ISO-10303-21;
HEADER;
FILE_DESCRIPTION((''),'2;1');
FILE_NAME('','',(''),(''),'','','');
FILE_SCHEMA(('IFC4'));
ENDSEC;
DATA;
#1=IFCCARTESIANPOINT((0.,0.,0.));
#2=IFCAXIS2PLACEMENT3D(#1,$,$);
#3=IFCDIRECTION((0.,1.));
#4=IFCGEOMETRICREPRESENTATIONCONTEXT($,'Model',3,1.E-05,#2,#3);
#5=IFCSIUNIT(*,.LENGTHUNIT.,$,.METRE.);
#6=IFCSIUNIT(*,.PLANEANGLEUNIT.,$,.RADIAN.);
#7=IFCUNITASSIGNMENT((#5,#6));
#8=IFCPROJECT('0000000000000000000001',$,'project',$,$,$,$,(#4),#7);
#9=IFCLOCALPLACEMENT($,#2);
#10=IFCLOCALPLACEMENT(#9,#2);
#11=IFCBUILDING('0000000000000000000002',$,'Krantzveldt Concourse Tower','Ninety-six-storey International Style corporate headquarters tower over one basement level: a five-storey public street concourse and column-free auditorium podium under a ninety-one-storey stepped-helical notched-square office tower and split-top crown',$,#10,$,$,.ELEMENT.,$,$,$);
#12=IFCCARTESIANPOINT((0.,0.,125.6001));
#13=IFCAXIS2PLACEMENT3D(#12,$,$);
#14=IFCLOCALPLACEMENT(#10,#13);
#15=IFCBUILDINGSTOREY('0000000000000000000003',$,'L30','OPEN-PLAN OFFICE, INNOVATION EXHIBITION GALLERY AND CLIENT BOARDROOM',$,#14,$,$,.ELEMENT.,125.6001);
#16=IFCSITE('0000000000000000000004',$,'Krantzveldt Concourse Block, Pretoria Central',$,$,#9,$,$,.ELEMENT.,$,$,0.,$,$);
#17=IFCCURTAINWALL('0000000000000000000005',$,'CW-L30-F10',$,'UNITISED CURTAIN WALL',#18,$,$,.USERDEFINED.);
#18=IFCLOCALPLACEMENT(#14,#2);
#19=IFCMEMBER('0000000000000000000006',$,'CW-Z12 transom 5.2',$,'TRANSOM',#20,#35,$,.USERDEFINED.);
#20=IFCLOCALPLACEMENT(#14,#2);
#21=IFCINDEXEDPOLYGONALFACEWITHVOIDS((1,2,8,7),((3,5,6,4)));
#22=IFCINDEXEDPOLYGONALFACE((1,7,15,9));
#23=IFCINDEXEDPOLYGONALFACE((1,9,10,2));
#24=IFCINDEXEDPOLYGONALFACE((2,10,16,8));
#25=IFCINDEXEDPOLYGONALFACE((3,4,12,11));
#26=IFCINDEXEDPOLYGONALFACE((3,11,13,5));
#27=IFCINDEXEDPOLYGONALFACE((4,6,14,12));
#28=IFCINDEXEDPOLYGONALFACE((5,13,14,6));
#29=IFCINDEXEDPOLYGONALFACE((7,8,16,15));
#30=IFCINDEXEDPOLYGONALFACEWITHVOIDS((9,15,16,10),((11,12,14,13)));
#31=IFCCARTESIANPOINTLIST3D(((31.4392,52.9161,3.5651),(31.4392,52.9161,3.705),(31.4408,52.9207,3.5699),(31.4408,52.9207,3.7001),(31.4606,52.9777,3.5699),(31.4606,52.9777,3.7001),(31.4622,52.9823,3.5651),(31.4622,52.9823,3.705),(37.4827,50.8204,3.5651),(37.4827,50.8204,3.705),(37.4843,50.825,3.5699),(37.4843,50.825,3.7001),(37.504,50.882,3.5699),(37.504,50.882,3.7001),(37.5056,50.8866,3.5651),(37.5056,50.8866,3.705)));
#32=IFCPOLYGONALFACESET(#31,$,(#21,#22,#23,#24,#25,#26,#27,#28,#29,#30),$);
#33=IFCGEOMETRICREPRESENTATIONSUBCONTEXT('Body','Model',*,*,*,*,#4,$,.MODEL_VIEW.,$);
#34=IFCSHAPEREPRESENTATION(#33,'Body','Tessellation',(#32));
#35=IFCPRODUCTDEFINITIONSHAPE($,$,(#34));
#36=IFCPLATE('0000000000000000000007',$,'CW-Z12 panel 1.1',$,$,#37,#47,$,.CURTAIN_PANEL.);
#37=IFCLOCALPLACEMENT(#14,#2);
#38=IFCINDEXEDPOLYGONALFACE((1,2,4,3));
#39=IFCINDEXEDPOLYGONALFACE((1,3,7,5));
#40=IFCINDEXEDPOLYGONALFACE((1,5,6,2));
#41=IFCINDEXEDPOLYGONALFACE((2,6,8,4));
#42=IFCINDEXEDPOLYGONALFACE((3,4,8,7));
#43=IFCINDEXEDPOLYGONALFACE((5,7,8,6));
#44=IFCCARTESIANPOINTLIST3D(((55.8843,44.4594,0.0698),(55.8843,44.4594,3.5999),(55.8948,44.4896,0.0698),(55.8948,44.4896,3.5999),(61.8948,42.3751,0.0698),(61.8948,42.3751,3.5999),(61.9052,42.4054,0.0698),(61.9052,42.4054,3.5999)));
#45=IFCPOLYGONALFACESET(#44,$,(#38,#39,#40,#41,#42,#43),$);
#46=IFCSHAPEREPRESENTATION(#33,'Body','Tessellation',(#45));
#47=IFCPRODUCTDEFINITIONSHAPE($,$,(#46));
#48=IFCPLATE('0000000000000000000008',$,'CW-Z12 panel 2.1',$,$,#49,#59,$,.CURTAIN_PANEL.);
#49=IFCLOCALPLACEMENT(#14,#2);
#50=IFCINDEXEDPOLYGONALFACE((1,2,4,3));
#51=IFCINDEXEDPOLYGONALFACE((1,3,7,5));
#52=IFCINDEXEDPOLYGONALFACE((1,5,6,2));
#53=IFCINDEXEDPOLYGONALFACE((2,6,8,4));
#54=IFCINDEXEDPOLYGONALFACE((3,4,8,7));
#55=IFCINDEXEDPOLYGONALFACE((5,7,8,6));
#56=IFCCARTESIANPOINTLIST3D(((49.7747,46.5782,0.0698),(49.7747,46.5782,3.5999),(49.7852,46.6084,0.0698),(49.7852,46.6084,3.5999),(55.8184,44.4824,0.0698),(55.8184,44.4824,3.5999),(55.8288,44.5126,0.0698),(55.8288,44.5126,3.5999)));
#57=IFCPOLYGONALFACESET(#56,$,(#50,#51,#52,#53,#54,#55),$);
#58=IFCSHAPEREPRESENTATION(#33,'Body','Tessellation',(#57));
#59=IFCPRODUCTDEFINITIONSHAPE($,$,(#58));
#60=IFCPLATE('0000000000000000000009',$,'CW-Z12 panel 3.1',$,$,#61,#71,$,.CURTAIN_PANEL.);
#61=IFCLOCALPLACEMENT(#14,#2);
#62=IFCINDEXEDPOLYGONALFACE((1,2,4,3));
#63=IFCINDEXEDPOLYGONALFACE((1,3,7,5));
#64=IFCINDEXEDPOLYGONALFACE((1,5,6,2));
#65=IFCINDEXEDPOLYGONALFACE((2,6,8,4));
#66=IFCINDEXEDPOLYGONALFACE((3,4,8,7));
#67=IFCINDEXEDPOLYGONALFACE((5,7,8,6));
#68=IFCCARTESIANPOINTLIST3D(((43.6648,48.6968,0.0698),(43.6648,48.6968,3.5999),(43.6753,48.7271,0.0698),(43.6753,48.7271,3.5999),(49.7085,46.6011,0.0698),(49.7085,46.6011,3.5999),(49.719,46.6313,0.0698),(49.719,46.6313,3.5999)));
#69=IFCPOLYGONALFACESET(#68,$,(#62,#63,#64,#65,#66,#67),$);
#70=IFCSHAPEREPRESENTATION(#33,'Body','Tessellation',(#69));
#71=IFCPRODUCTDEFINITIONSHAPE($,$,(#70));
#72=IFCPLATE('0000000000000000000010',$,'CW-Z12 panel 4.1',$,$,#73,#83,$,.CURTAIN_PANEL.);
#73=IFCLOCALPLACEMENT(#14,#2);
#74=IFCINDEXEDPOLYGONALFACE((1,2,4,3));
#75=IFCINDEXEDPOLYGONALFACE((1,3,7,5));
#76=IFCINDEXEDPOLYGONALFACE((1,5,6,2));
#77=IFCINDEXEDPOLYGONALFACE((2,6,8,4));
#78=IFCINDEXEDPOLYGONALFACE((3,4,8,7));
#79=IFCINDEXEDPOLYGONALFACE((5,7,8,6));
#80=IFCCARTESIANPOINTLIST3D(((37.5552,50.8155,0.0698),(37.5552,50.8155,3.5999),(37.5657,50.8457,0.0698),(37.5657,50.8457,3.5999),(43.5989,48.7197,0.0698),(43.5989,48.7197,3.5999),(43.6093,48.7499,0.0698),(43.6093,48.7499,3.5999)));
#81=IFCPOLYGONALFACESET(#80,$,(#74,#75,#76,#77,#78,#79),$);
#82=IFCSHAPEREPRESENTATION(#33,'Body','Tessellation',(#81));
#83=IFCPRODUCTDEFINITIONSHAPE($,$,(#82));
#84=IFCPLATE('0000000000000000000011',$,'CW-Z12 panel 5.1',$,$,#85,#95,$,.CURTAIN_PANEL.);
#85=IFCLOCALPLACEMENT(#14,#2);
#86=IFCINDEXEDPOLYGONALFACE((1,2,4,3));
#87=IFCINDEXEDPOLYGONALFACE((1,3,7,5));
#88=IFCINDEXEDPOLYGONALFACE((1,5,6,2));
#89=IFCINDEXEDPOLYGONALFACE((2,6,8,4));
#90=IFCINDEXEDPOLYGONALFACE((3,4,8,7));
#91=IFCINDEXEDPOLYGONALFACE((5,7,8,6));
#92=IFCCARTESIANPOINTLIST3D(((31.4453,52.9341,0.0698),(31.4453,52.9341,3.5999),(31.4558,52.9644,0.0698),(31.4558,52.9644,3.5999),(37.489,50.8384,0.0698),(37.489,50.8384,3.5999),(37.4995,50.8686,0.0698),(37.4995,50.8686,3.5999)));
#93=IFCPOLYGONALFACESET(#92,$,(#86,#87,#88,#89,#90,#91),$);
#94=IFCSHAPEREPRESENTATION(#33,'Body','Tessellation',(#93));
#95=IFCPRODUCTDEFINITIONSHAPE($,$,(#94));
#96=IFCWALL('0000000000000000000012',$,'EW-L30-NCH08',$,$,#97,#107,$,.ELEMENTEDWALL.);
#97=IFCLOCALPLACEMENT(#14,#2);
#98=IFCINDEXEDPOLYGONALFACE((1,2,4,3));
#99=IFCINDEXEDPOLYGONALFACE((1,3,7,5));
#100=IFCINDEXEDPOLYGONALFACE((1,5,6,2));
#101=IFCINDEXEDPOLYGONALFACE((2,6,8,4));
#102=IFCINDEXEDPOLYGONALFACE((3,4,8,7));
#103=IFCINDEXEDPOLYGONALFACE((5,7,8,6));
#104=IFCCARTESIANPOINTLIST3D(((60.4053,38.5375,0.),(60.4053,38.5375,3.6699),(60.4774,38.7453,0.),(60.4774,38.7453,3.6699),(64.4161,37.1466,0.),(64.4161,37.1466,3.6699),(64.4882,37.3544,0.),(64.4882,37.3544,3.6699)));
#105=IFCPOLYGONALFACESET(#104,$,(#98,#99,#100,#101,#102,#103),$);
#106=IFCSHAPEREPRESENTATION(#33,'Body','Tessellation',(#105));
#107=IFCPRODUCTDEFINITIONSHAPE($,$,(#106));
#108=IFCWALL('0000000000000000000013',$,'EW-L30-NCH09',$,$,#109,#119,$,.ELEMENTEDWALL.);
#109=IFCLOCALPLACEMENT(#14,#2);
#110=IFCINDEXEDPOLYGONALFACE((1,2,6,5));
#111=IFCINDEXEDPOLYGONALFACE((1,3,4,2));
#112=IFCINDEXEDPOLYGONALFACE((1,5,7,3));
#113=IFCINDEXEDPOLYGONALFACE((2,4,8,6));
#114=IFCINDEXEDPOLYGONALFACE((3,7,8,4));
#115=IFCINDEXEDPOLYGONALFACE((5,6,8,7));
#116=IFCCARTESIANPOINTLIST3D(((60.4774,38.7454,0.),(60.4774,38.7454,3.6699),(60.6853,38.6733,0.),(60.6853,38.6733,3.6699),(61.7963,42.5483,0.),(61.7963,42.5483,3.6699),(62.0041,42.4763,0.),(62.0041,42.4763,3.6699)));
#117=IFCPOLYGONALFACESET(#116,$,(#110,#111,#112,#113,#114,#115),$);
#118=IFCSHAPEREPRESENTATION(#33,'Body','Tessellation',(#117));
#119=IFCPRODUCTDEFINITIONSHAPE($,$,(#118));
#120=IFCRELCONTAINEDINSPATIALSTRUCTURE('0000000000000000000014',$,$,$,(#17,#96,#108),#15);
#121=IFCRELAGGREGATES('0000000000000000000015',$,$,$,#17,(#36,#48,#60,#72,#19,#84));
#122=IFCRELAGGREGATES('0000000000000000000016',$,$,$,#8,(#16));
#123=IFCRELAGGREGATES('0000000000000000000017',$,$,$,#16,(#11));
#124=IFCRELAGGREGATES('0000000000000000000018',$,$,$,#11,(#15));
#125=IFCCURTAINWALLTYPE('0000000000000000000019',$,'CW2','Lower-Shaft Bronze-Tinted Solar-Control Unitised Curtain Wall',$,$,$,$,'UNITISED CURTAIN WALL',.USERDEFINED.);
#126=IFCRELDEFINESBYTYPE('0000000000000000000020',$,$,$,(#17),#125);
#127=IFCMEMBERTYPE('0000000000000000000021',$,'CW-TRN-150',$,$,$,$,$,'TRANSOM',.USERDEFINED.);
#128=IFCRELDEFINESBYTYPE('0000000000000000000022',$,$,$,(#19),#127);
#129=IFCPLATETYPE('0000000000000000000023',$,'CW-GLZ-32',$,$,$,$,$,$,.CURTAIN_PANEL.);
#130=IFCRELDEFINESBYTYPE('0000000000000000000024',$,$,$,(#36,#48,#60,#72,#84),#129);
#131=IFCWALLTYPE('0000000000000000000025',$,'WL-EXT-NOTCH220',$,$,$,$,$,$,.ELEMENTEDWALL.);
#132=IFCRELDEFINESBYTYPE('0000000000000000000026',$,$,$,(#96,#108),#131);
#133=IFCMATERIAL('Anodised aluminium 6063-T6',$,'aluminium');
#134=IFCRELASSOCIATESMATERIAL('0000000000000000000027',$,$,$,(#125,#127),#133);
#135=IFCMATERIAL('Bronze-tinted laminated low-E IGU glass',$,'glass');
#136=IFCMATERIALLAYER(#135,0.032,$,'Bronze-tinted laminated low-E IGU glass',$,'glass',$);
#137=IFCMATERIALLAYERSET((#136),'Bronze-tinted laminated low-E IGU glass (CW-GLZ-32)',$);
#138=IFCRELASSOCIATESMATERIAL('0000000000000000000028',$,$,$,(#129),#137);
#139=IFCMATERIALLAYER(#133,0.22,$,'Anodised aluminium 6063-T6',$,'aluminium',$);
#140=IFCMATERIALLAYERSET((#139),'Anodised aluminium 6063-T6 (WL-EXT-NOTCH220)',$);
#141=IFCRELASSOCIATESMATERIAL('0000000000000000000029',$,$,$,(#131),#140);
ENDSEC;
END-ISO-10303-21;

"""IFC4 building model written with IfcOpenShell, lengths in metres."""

from ifc_helpers import new_model, si_unit, direction, frame, frame_2d, origin, origin_2d, place, context, subcontext, project, spatial, rectangle, hollow_rectangle, extrude, source, transform, mapped, material, layer, layer_set, material_profile, profile_set, type_object, type_shapes, element, aggregate, save


model = new_model("IFC4")

# Units and contexts
model_context = context("Model", 3, precision=1e-05, world=origin(), true_north=direction((0.0, 1.0)))
body_context = subcontext(model_context, "Body", "Model", "MODEL_VIEW")
ifc_project = project(units=[si_unit("LENGTHUNIT", "METRE"), si_unit("PLANEANGLEUNIT", "RADIAN")], contexts=[model_context])

# Site, building, storey
site_placement = place(None, origin())
site = spatial("IfcSite", under=ifc_project, at=site_placement, Name="Krantzveldt Concourse Block, Pretoria Central", CompositionType="ELEMENT", RefElevation=0.0)
building_placement = place(site_placement, origin())
building = spatial("IfcBuilding", under=site, at=building_placement, Name="Krantzveldt Concourse Tower", Description="Ninety-six-storey International Style corporate headquarters tower over one basement level: a five-storey public street concourse and column-free auditorium podium under a ninety-one-storey stepped-helical notched-square office tower and split-top crown", CompositionType="ELEMENT")
storey_placement = place(building_placement, frame((0.0, 0.0, 125.6001)))
storey = spatial("IfcBuildingStorey", under=building, at=storey_placement, Name="L30", Description="OPEN-PLAN OFFICE, INNOVATION EXHIBITION GALLERY AND CLIENT BOARDROOM", CompositionType="ELEMENT", Elevation=125.6001)

# Shared definitions
ifc_material_1 = material(Name="Anodised aluminium 6063-T6", Category="aluminium")
curtain_wall_type = type_object("IfcCurtainWallType", Name="CW2", Description="Lower-Shaft Bronze-Tinted Solar-Control Unitised Curtain Wall", ElementType="UNITISED CURTAIN WALL", PredefinedType="USERDEFINED", material=ifc_material_1)

# Curtain wall, member, plates
curtain_wall_1_placement = place(storey_placement, origin())
curtain_wall_1 = element("IfcCurtainWall", 1, at=curtain_wall_1_placement, inside=storey, type_object=curtain_wall_type, Name="CW-L30-F10", ObjectType="UNITISED CURTAIN WALL", PredefinedType="USERDEFINED")
ifc_material_profile_1 = material_profile(ifc_material_1, hollow_rectangle(XDim=0.0701, YDim=0.1399, WallThickness=0.0049, at=origin_2d()), Name="Anodised aluminium 6063-T6", Category="aluminium")
ifc_profile_set_1 = profile_set([ifc_material_profile_1], Name="Anodised aluminium 6063-T6 - ALU-TRAN 140x70x5")
member_type_1 = type_object("IfcMemberType", Name="CW-TRN-150", ElementType="TRANSOM", PredefinedType="USERDEFINED", material=ifc_profile_set_1)
shared_shape_1 = source(origin(), body_context, "Body", "SweptSolid", [
    extrude(hollow_rectangle(XDim=0.0701, YDim=0.1399, WallThickness=0.0049, at=origin_2d()), origin(), (0.0, 0.0, 1.0), 6.3965),
])
member_1_placement = place(storey_placement, frame((37.4941, 50.8535, 3.635), z_axis=(-0.944805, 0.327632, 0.0), x_axis=(-0.327632, -0.944805, 0.0)))
member_1 = element("IfcMember", 2, at=member_1_placement, type_object=member_type_1, Name="CW-Z12 transom 5.2", ObjectType="TRANSOM", PredefinedType="USERDEFINED", context=body_context, shape_type="MappedRepresentation", body=[
    mapped(shared_shape_1, transform((0.0, 0.0, 0.0), x_axis=(1.0, 0.0, 0.0), y_axis=(0.0, 1.0, 0.0), z_axis=(0.0, 0.0, 1.0), scale=1.0)),
])
ifc_material_2 = material(Name="Bronze-tinted laminated low-E IGU glass", Category="glass")
ifc_layer_1 = layer(ifc_material_2, 0.032, Name="Bronze-tinted laminated low-E IGU glass", Category="glass")
ifc_layer_set_1 = layer_set([ifc_layer_1], Name="Bronze-tinted laminated low-E IGU glass (CW-GLZ-32)")
plate_type = type_object("IfcPlateType", Name="CW-GLZ-32", PredefinedType="CURTAIN_PANEL", material=ifc_layer_set_1)
shared_shape_2 = source(origin(), body_context, "Body", "SweptSolid", [
    extrude(rectangle(XDim=6.3616, YDim=0.032, at=origin_2d()), origin(), (0.0, 0.0, 1.0), 3.53),
])
plate_1_placement = place(storey_placement, frame((58.8948, 43.4324, 0.0698), z_axis=(0.0, 0.0, 1.0), x_axis=(-0.944806, 0.32763, 0.0)))
plate_1 = element("IfcPlate", 3, at=plate_1_placement, type_object=plate_type, Name="CW-Z12 panel 1.1", PredefinedType="CURTAIN_PANEL", context=body_context, shape_type="MappedRepresentation", body=[
    mapped(shared_shape_2, transform((0.0, 0.0, 0.0), x_axis=(1.0, 0.0, 0.0), y_axis=(0.0, 1.0, 0.0), z_axis=(0.0, 0.0, 1.0), scale=1.0)),
])
shared_shape_3 = source(origin(), body_context, "Body", "SweptSolid", [
    extrude(rectangle(XDim=6.3967, YDim=0.032, at=origin_2d()), origin(), (0.0, 0.0, 1.0), 3.53),
])
type_shapes(plate_type, [shared_shape_2, shared_shape_3])
plate_2_placement = place(storey_placement, frame((52.8018, 45.5454, 0.0698), z_axis=(0.0, 0.0, 1.0), x_axis=(-0.944806, 0.32763, 0.0)))
plate_2 = element("IfcPlate", 4, at=plate_2_placement, type_object=plate_type, Name="CW-Z12 panel 2.1", PredefinedType="CURTAIN_PANEL", context=body_context, shape_type="MappedRepresentation", body=[
    mapped(shared_shape_3, transform((0.0, 0.0, 0.0), x_axis=(1.0, 0.0, 0.0), y_axis=(0.0, 1.0, 0.0), z_axis=(0.0, 0.0, 1.0), scale=1.0)),
])
plate_3_placement = place(storey_placement, frame((46.6919, 47.6641, 0.0698), z_axis=(0.0, 0.0, 1.0), x_axis=(-0.944806, 0.32763, 0.0)))
plate_3 = element("IfcPlate", 5, at=plate_3_placement, type_object=plate_type, Name="CW-Z12 panel 3.1", PredefinedType="CURTAIN_PANEL", context=body_context, shape_type="MappedRepresentation", body=[
    mapped(shared_shape_3, transform((0.0, 0.0, 0.0), x_axis=(1.0, 0.0, 0.0), y_axis=(0.0, 1.0, 0.0), z_axis=(0.0, 0.0, 1.0), scale=1.0)),
])
plate_4_placement = place(storey_placement, frame((40.5823, 49.7827, 0.0698), z_axis=(0.0, 0.0, 1.0), x_axis=(-0.944806, 0.32763, 0.0)))
plate_4 = element("IfcPlate", 6, at=plate_4_placement, type_object=plate_type, Name="CW-Z12 panel 4.1", PredefinedType="CURTAIN_PANEL", context=body_context, shape_type="MappedRepresentation", body=[
    mapped(shared_shape_3, transform((0.0, 0.0, 0.0), x_axis=(1.0, 0.0, 0.0), y_axis=(0.0, 1.0, 0.0), z_axis=(0.0, 0.0, 1.0), scale=1.0)),
])
plate_5_placement = place(storey_placement, frame((34.4724, 51.9014, 0.0698), z_axis=(0.0, 0.0, 1.0), x_axis=(-0.944806, 0.32763, 0.0)))
plate_5 = element("IfcPlate", 7, at=plate_5_placement, type_object=plate_type, Name="CW-Z12 panel 5.1", PredefinedType="CURTAIN_PANEL", context=body_context, shape_type="MappedRepresentation", body=[
    mapped(shared_shape_3, transform((0.0, 0.0, 0.0), x_axis=(1.0, 0.0, 0.0), y_axis=(0.0, 1.0, 0.0), z_axis=(0.0, 0.0, 1.0), scale=1.0)),
])
aggregate(curtain_wall_1, [plate_1, plate_2, plate_3, plate_4, member_1, plate_5])

# Walls
ifc_layer_2 = layer(ifc_material_1, 0.22, Name="Anodised aluminium 6063-T6", Category="aluminium")
ifc_layer_set_2 = layer_set([ifc_layer_2], Name="Anodised aluminium 6063-T6 (WL-EXT-NOTCH220)")
wall_type = type_object("IfcWallType", Name="WL-EXT-NOTCH220", PredefinedType="ELEMENTEDWALL", material=ifc_layer_set_2)
wall_1_placement = place(storey_placement, frame((64.4521, 37.2505, 0.0), z_axis=(0.0, 0.0, 1.0), x_axis=(-0.944801, 0.327644, 0.0)))
element("IfcWall", 8, at=wall_1_placement, inside=storey, type_object=wall_type, Name="EW-L30-NCH08", PredefinedType="ELEMENTEDWALL", context=body_context, shape_type="SweptSolid", body=[
    extrude(rectangle(XDim=4.2451, YDim=0.22, at=frame_2d((2.1226, 0.0))), origin(), (0.0, 0.0, 1.0), 3.6699),
])
wall_2_placement = place(storey_placement, frame((60.5813, 38.7092, 0.0), z_axis=(0.0, 0.0, 1.0), x_axis=(0.32765, 0.944799, 0.0)))
element("IfcWall", 9, at=wall_2_placement, inside=storey, type_object=wall_type, Name="EW-L30-NCH09", PredefinedType="ELEMENTEDWALL", context=body_context, shape_type="SweptSolid", body=[
    extrude(rectangle(XDim=4.0251, YDim=0.22, at=frame_2d((2.0127, 0.0))), origin(), (0.0, 0.0, 1.0), 3.6699),
])

save(model, "model.ifc")
